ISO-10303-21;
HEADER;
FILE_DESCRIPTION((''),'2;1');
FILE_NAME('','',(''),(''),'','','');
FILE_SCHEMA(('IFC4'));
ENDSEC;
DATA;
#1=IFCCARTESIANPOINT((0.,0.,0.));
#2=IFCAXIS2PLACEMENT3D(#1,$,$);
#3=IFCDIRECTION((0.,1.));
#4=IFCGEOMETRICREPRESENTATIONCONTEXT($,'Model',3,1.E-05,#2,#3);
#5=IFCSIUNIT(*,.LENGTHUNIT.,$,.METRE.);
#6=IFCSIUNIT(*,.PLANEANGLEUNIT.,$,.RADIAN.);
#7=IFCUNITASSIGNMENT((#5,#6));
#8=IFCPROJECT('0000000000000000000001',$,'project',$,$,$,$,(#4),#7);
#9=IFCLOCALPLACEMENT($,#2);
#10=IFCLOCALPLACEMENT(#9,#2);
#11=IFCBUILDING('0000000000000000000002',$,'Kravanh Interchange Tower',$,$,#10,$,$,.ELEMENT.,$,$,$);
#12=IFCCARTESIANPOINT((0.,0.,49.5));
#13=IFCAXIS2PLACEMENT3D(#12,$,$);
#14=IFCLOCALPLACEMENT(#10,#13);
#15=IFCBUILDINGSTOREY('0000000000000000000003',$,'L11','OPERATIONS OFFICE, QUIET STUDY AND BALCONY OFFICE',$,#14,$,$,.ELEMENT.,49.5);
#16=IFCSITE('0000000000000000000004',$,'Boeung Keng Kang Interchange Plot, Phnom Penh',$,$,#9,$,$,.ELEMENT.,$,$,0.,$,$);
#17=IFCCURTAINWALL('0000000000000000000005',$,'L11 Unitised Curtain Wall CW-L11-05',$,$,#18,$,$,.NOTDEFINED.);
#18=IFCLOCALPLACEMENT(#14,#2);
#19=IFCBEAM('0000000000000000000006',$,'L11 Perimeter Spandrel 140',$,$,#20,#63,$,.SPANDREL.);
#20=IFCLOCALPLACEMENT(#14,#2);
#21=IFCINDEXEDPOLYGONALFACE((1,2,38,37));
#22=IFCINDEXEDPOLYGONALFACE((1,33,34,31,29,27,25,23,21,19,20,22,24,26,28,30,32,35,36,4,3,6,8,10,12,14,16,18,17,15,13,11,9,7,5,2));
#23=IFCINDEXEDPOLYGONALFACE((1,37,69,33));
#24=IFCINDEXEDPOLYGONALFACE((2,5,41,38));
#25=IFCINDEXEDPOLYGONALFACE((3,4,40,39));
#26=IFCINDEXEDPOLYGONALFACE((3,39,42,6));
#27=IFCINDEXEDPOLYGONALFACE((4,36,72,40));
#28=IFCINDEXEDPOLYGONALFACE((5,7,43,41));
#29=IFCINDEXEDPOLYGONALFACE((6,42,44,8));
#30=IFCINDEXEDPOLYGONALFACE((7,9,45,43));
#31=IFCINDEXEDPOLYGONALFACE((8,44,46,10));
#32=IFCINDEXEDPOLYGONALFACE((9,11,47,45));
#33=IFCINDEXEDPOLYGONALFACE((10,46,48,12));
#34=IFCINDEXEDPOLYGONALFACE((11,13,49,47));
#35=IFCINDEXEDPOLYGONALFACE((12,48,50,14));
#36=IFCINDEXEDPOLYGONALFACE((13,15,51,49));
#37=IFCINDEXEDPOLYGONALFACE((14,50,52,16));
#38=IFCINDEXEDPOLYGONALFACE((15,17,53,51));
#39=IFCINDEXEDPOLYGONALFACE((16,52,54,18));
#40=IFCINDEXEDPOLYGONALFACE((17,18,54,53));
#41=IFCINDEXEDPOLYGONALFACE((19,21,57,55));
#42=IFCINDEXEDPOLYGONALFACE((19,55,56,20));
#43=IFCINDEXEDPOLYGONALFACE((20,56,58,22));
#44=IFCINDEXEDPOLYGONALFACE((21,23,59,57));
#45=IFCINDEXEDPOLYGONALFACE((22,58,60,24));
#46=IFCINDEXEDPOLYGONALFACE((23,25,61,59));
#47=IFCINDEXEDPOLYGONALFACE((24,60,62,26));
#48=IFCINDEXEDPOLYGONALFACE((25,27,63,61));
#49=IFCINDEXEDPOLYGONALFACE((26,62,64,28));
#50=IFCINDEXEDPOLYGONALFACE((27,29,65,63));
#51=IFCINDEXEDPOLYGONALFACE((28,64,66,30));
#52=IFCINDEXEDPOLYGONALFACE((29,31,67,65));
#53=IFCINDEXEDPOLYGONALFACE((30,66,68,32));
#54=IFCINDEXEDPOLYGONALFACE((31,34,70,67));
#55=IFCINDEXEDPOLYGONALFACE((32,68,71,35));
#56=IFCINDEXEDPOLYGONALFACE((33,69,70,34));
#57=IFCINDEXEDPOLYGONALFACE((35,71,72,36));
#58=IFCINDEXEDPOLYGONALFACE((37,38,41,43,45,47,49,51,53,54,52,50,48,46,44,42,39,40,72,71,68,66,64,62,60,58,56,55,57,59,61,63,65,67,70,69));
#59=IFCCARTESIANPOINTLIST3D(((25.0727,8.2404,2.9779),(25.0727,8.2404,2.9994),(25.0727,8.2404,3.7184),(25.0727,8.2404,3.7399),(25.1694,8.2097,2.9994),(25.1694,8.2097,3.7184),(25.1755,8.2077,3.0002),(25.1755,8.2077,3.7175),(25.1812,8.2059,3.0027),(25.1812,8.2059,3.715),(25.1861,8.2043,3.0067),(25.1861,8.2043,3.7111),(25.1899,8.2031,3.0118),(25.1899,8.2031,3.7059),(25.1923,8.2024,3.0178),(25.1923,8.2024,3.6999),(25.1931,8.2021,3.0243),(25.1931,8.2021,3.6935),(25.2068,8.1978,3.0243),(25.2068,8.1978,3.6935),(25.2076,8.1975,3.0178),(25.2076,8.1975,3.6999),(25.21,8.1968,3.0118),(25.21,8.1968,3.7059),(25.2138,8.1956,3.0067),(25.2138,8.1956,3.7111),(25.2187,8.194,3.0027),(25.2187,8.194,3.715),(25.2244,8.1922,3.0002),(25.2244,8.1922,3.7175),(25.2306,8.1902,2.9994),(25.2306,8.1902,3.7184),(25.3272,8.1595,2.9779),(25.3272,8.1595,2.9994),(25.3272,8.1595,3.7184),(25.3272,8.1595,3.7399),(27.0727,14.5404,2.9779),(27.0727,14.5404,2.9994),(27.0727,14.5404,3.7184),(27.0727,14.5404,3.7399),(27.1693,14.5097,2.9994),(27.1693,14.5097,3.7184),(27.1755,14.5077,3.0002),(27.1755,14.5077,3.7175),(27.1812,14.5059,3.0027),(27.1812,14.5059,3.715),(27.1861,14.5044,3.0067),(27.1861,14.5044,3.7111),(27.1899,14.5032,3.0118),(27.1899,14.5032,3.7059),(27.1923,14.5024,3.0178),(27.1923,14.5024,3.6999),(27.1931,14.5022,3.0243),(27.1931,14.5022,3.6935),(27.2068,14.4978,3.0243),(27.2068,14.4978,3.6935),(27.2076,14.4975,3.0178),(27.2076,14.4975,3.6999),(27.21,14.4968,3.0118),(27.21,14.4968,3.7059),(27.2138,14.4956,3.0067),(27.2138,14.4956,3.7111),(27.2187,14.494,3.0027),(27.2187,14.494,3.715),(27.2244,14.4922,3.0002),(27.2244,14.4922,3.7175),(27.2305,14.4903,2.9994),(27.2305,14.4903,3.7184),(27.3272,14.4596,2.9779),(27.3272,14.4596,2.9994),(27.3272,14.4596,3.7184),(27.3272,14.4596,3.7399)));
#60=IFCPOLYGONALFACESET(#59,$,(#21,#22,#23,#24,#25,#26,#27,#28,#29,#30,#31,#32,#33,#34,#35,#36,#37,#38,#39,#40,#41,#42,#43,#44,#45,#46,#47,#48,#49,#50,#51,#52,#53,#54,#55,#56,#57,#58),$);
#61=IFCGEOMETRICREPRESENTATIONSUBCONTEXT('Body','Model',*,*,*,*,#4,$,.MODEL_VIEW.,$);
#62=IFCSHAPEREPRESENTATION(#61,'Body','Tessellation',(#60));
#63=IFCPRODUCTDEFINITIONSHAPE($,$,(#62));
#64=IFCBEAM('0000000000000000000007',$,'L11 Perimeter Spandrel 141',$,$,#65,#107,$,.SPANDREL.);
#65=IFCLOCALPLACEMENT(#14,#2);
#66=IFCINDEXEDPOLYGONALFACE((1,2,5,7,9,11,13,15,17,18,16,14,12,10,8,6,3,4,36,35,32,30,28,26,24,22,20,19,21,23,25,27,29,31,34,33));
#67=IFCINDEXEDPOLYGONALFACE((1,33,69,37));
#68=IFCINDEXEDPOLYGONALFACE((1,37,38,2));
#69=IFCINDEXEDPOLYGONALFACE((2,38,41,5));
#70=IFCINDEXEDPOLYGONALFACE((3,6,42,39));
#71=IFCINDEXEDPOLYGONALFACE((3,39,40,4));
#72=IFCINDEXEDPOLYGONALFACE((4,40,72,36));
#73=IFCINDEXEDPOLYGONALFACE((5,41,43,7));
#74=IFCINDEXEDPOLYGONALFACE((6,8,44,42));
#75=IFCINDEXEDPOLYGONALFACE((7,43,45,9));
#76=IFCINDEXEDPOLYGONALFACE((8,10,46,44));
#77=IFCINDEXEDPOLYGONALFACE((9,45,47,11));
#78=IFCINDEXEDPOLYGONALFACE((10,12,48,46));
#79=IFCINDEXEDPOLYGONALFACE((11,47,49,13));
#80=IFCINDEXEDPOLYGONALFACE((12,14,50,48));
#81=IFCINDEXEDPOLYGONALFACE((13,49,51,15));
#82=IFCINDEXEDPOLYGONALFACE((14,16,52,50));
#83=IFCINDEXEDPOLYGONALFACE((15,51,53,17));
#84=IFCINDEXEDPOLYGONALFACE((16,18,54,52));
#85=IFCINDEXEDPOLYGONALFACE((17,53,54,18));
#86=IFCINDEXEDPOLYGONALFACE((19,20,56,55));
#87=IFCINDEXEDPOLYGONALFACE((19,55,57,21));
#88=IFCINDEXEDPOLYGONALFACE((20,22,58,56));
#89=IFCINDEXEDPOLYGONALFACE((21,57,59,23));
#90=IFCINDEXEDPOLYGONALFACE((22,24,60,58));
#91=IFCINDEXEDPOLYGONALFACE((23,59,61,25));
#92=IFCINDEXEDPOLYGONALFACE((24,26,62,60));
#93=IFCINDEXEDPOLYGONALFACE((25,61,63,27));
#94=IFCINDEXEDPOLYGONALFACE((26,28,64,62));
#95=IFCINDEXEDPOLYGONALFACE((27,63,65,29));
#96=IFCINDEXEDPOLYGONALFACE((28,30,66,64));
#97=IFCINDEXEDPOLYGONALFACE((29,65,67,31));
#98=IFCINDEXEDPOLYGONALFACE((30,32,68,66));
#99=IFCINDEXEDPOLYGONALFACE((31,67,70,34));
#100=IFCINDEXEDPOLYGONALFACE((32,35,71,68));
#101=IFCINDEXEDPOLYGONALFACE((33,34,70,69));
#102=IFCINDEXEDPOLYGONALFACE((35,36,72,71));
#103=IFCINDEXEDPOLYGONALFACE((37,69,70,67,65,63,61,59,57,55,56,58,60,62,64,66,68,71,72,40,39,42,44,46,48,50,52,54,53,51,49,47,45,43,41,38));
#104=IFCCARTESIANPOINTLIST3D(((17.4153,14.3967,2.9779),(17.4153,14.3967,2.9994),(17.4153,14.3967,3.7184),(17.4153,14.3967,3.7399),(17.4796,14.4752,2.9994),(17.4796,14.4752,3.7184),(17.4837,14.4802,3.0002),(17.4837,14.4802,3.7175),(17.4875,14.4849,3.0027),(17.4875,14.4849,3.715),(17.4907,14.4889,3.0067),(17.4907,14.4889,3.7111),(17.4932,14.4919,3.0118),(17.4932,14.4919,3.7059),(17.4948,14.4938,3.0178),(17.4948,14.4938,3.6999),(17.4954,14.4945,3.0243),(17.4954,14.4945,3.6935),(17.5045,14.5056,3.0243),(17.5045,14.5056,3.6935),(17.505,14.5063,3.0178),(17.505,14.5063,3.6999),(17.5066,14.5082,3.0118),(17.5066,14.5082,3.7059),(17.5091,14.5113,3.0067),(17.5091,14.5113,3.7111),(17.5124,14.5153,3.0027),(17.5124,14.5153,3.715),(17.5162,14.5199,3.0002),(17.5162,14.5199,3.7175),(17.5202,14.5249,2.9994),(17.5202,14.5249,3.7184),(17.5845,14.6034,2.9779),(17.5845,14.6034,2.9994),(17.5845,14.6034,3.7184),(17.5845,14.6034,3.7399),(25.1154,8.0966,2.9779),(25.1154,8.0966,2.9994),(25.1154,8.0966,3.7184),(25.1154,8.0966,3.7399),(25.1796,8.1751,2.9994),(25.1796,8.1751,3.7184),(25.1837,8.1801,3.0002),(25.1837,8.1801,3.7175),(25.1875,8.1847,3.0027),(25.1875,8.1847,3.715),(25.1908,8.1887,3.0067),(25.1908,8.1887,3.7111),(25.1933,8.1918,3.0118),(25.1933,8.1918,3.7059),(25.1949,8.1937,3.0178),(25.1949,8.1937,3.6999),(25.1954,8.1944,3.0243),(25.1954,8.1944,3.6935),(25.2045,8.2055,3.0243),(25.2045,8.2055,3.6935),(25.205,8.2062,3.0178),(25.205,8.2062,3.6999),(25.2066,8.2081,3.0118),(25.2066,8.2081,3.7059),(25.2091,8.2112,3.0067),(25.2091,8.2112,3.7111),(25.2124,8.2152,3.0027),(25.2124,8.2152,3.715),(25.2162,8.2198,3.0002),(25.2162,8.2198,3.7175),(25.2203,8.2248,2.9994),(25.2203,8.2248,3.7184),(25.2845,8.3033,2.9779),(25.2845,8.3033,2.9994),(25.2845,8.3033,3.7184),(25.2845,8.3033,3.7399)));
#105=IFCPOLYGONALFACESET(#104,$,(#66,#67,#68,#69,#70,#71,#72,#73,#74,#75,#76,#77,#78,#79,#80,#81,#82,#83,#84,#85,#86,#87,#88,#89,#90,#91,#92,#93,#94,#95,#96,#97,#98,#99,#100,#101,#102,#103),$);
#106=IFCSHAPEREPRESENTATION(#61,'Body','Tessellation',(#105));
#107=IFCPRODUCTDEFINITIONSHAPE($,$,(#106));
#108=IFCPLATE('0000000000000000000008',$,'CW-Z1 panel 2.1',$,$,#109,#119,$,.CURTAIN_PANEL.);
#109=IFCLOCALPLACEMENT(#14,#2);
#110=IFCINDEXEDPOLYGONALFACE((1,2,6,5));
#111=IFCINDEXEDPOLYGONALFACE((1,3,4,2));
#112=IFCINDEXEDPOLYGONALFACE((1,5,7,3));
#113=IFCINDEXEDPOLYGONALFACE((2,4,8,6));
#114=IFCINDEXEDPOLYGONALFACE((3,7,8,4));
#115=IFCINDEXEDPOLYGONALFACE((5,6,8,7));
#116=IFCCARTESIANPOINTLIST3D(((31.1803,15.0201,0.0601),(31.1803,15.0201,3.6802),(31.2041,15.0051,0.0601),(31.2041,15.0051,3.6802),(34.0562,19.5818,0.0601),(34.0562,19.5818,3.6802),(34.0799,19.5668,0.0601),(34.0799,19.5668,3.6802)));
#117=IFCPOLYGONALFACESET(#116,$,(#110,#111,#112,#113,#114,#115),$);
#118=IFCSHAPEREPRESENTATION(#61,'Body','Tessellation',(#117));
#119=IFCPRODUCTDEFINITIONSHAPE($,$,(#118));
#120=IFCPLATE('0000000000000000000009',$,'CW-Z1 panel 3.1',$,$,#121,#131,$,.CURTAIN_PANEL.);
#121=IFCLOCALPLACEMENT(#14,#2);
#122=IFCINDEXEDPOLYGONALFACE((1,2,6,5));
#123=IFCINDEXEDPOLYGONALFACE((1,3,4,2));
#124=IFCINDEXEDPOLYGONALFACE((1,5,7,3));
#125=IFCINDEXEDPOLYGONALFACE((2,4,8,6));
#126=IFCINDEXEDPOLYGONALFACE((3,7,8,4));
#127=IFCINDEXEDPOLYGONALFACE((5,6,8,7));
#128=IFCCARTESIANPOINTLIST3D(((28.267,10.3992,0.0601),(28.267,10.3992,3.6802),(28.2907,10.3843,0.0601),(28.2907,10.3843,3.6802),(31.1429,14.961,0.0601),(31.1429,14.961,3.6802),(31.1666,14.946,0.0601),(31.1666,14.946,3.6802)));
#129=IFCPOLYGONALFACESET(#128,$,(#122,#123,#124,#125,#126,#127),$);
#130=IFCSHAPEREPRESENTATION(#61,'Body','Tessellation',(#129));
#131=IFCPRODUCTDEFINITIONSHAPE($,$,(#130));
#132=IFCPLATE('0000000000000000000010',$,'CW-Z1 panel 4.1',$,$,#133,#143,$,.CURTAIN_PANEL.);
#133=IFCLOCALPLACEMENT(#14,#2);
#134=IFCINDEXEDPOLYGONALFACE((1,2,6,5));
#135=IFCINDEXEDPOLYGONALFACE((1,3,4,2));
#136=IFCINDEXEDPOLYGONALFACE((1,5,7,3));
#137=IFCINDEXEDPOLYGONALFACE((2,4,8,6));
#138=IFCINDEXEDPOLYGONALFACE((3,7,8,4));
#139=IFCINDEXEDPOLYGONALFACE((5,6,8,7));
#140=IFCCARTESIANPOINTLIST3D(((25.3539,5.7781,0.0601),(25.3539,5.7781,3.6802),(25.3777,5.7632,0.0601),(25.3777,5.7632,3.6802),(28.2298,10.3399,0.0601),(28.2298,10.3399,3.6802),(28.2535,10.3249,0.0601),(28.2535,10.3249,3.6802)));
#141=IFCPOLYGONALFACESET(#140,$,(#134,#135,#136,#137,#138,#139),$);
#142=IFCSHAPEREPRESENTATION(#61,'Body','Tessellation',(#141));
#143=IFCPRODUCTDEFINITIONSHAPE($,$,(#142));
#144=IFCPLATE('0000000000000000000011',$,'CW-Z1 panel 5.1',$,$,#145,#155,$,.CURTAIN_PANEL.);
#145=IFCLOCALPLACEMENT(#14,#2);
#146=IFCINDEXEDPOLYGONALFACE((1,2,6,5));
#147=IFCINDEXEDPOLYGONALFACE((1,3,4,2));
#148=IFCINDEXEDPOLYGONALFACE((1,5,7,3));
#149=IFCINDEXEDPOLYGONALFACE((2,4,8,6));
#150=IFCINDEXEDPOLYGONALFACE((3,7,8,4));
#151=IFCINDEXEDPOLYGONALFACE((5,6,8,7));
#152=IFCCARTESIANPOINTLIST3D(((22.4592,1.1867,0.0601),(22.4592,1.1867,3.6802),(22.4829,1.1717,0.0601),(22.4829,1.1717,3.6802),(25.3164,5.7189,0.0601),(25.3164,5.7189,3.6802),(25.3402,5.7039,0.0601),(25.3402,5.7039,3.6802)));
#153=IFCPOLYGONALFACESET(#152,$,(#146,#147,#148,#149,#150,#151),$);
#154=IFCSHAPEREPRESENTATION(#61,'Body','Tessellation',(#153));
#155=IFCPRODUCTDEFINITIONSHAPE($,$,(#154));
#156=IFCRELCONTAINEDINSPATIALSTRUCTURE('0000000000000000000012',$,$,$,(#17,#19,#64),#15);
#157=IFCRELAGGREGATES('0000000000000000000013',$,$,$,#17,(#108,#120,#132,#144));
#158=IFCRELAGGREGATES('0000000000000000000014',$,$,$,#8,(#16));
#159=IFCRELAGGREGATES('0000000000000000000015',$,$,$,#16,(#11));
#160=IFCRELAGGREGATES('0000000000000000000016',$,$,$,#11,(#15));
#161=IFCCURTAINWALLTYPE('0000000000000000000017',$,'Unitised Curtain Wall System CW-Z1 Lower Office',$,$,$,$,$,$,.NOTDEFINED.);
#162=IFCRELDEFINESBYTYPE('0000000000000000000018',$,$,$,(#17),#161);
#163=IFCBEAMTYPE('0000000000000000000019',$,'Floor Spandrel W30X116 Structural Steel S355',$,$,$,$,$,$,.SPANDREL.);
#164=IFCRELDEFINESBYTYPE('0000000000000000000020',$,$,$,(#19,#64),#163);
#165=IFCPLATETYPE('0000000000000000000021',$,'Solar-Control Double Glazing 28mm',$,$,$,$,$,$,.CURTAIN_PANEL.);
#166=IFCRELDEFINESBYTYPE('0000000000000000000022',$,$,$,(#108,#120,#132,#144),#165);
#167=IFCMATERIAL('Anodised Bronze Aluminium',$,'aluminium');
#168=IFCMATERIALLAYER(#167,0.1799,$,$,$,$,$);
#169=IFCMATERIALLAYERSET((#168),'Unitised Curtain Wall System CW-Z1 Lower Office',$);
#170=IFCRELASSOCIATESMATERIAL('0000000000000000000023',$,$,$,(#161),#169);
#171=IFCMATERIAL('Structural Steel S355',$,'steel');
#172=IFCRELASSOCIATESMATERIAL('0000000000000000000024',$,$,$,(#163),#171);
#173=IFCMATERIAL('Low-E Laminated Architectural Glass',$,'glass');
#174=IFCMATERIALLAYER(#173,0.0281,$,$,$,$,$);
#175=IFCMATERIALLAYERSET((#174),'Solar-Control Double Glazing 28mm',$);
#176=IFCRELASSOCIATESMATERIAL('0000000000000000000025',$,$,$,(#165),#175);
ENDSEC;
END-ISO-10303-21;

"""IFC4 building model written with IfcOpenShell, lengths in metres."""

from ifc_helpers import new_model, si_unit, direction, frame, origin, origin_2d, place, context, subcontext, project, spatial, rectangle, i_section, extrude, material, layer, layer_set, material_profile, profile_set, type_object, element, aggregate, save


model = new_model("IFC4")

# Units and contexts
model_context = context("Model", 3, precision=1e-05, world=origin(), true_north=direction((0.0, 1.0)))
body_context = subcontext(model_context, "Body", "Model", "MODEL_VIEW")
ifc_project = project(units=[si_unit("LENGTHUNIT", "METRE"), si_unit("PLANEANGLEUNIT", "RADIAN")], contexts=[model_context])

# Site, building, storey
site_placement = place(None, origin())
site = spatial("IfcSite", under=ifc_project, at=site_placement, Name="Boeung Keng Kang Interchange Plot, Phnom Penh", CompositionType="ELEMENT", RefElevation=0.0)
building_placement = place(site_placement, origin())
building = spatial("IfcBuilding", under=site, at=building_placement, Name="Kravanh Interchange Tower", CompositionType="ELEMENT")
storey_placement = place(building_placement, frame((0.0, 0.0, 49.5)))
storey = spatial("IfcBuildingStorey", under=building, at=storey_placement, Name="L11", Description="OPERATIONS OFFICE, QUIET STUDY AND BALCONY OFFICE", CompositionType="ELEMENT", Elevation=49.5)

# Curtain wall
ifc_material_1 = material(Name="Anodised Bronze Aluminium", Category="aluminium")
ifc_layer_1 = layer(ifc_material_1, 0.1799)
ifc_layer_set_1 = layer_set([ifc_layer_1], Name="Unitised Curtain Wall System CW-Z1 Lower Office")
curtain_wall_type = type_object("IfcCurtainWallType", Name="Unitised Curtain Wall System CW-Z1 Lower Office", PredefinedType="NOTDEFINED", material=ifc_layer_set_1)
curtain_wall_1_placement = place(storey_placement, origin())
curtain_wall_1 = element("IfcCurtainWall", 1, at=curtain_wall_1_placement, inside=storey, type_object=curtain_wall_type, Name="L11 Unitised Curtain Wall CW-L11-05", PredefinedType="NOTDEFINED")

# Beams
ifc_material_2 = material(Name="Structural Steel S355", Category="steel")
ifc_material_profile_1 = material_profile(ifc_material_2, i_section(OverallWidth=0.2671, OverallDepth=0.762, WebThickness=0.0144, FlangeThickness=0.0215, FilletRadius=0.0249, at=origin_2d()), Name="W30X116")
ifc_profile_set_1 = profile_set([ifc_material_profile_1], Name="Structural Steel S355")
beam_type = type_object("IfcBeamType", Name="Floor Spandrel W30X116 Structural Steel S355", PredefinedType="SPANDREL", material=ifc_profile_set_1)
beam_1_placement = place(storey_placement, frame((25.2, 8.2, 3.3589), z_axis=(0.302577, 0.953125, 0.0), x_axis=(-0.953125, 0.302577, 0.0)))
element("IfcBeam", 2, at=beam_1_placement, inside=storey, type_object=beam_type, Name="L11 Perimeter Spandrel 140", PredefinedType="SPANDREL", context=body_context, shape_type="SweptSolid", body=[
    extrude(i_section(OverallWidth=0.2671, OverallDepth=0.762, WebThickness=0.0144, FlangeThickness=0.0215, FilletRadius=0.0249, at=origin_2d()), origin(), (0.0, 0.0, 1.0), 6.6099),
])
beam_2_placement = place(storey_placement, frame((25.2, 8.2, 3.3589), z_axis=(-0.773953, 0.633243, 0.0), x_axis=(-0.633243, -0.773953, 0.0)))
element("IfcBeam", 3, at=beam_2_placement, inside=storey, type_object=beam_type, Name="L11 Perimeter Spandrel 141", PredefinedType="SPANDREL", context=body_context, shape_type="SweptSolid", body=[
    extrude(i_section(OverallWidth=0.2671, OverallDepth=0.762, WebThickness=0.0144, FlangeThickness=0.0215, FilletRadius=0.0249, at=origin_2d()), origin(), (0.0, 0.0, 1.0), 9.949),
])

# Plates
ifc_material_3 = material(Name="Low-E Laminated Architectural Glass", Category="glass")
ifc_layer_2 = layer(ifc_material_3, 0.0281)
ifc_layer_set_2 = layer_set([ifc_layer_2], Name="Solar-Control Double Glazing 28mm")
plate_type = type_object("IfcPlateType", Name="Solar-Control Double Glazing 28mm", PredefinedType="CURTAIN_PANEL", material=ifc_layer_set_2)
plate_1_placement = place(storey_placement, frame((32.6301, 17.2935, 0.0601), z_axis=(0.0, 0.0, 1.0), x_axis=(-0.533301, -0.845926, 0.0)))
plate_1 = element("IfcPlate", 4, at=plate_1_placement, type_object=plate_type, Name="CW-Z1 panel 2.1", PredefinedType="CURTAIN_PANEL", context=body_context, shape_type="SweptSolid", body=[
    extrude(rectangle(XDim=5.3926, YDim=0.0281, at=origin_2d()), origin(), (0.0, 0.0, 1.0), 3.6201),
])
plate_2_placement = place(storey_placement, frame((29.7168, 12.6726, 0.0601), z_axis=(0.0, 0.0, 1.0), x_axis=(-0.533301, -0.845926, 0.0)))
plate_2 = element("IfcPlate", 5, at=plate_2_placement, type_object=plate_type, Name="CW-Z1 panel 3.1", PredefinedType="CURTAIN_PANEL", context=body_context, shape_type="SweptSolid", body=[
    extrude(rectangle(XDim=5.3926, YDim=0.0281, at=origin_2d()), origin(), (0.0, 0.0, 1.0), 3.6201),
])
plate_3_placement = place(storey_placement, frame((26.8037, 8.0515, 0.0601), z_axis=(0.0, 0.0, 1.0), x_axis=(-0.533301, -0.845926, 0.0)))
plate_3 = element("IfcPlate", 6, at=plate_3_placement, type_object=plate_type, Name="CW-Z1 panel 4.1", PredefinedType="CURTAIN_PANEL", context=body_context, shape_type="SweptSolid", body=[
    extrude(rectangle(XDim=5.3926, YDim=0.0281, at=origin_2d()), origin(), (0.0, 0.0, 1.0), 3.6201),
])
plate_4_placement = place(storey_placement, frame((23.8997, 3.4453, 0.0601), z_axis=(0.0, 0.0, 1.0), x_axis=(-0.533301, -0.845926, 0.0)))
plate_4 = element("IfcPlate", 7, at=plate_4_placement, type_object=plate_type, Name="CW-Z1 panel 5.1", PredefinedType="CURTAIN_PANEL", context=body_context, shape_type="SweptSolid", body=[
    extrude(rectangle(XDim=5.3577, YDim=0.0281, at=origin_2d()), origin(), (0.0, 0.0, 1.0), 3.6201),
])
aggregate(curtain_wall_1, [plate_1, plate_2, plate_3, plate_4])

save(model, "model.ifc")
